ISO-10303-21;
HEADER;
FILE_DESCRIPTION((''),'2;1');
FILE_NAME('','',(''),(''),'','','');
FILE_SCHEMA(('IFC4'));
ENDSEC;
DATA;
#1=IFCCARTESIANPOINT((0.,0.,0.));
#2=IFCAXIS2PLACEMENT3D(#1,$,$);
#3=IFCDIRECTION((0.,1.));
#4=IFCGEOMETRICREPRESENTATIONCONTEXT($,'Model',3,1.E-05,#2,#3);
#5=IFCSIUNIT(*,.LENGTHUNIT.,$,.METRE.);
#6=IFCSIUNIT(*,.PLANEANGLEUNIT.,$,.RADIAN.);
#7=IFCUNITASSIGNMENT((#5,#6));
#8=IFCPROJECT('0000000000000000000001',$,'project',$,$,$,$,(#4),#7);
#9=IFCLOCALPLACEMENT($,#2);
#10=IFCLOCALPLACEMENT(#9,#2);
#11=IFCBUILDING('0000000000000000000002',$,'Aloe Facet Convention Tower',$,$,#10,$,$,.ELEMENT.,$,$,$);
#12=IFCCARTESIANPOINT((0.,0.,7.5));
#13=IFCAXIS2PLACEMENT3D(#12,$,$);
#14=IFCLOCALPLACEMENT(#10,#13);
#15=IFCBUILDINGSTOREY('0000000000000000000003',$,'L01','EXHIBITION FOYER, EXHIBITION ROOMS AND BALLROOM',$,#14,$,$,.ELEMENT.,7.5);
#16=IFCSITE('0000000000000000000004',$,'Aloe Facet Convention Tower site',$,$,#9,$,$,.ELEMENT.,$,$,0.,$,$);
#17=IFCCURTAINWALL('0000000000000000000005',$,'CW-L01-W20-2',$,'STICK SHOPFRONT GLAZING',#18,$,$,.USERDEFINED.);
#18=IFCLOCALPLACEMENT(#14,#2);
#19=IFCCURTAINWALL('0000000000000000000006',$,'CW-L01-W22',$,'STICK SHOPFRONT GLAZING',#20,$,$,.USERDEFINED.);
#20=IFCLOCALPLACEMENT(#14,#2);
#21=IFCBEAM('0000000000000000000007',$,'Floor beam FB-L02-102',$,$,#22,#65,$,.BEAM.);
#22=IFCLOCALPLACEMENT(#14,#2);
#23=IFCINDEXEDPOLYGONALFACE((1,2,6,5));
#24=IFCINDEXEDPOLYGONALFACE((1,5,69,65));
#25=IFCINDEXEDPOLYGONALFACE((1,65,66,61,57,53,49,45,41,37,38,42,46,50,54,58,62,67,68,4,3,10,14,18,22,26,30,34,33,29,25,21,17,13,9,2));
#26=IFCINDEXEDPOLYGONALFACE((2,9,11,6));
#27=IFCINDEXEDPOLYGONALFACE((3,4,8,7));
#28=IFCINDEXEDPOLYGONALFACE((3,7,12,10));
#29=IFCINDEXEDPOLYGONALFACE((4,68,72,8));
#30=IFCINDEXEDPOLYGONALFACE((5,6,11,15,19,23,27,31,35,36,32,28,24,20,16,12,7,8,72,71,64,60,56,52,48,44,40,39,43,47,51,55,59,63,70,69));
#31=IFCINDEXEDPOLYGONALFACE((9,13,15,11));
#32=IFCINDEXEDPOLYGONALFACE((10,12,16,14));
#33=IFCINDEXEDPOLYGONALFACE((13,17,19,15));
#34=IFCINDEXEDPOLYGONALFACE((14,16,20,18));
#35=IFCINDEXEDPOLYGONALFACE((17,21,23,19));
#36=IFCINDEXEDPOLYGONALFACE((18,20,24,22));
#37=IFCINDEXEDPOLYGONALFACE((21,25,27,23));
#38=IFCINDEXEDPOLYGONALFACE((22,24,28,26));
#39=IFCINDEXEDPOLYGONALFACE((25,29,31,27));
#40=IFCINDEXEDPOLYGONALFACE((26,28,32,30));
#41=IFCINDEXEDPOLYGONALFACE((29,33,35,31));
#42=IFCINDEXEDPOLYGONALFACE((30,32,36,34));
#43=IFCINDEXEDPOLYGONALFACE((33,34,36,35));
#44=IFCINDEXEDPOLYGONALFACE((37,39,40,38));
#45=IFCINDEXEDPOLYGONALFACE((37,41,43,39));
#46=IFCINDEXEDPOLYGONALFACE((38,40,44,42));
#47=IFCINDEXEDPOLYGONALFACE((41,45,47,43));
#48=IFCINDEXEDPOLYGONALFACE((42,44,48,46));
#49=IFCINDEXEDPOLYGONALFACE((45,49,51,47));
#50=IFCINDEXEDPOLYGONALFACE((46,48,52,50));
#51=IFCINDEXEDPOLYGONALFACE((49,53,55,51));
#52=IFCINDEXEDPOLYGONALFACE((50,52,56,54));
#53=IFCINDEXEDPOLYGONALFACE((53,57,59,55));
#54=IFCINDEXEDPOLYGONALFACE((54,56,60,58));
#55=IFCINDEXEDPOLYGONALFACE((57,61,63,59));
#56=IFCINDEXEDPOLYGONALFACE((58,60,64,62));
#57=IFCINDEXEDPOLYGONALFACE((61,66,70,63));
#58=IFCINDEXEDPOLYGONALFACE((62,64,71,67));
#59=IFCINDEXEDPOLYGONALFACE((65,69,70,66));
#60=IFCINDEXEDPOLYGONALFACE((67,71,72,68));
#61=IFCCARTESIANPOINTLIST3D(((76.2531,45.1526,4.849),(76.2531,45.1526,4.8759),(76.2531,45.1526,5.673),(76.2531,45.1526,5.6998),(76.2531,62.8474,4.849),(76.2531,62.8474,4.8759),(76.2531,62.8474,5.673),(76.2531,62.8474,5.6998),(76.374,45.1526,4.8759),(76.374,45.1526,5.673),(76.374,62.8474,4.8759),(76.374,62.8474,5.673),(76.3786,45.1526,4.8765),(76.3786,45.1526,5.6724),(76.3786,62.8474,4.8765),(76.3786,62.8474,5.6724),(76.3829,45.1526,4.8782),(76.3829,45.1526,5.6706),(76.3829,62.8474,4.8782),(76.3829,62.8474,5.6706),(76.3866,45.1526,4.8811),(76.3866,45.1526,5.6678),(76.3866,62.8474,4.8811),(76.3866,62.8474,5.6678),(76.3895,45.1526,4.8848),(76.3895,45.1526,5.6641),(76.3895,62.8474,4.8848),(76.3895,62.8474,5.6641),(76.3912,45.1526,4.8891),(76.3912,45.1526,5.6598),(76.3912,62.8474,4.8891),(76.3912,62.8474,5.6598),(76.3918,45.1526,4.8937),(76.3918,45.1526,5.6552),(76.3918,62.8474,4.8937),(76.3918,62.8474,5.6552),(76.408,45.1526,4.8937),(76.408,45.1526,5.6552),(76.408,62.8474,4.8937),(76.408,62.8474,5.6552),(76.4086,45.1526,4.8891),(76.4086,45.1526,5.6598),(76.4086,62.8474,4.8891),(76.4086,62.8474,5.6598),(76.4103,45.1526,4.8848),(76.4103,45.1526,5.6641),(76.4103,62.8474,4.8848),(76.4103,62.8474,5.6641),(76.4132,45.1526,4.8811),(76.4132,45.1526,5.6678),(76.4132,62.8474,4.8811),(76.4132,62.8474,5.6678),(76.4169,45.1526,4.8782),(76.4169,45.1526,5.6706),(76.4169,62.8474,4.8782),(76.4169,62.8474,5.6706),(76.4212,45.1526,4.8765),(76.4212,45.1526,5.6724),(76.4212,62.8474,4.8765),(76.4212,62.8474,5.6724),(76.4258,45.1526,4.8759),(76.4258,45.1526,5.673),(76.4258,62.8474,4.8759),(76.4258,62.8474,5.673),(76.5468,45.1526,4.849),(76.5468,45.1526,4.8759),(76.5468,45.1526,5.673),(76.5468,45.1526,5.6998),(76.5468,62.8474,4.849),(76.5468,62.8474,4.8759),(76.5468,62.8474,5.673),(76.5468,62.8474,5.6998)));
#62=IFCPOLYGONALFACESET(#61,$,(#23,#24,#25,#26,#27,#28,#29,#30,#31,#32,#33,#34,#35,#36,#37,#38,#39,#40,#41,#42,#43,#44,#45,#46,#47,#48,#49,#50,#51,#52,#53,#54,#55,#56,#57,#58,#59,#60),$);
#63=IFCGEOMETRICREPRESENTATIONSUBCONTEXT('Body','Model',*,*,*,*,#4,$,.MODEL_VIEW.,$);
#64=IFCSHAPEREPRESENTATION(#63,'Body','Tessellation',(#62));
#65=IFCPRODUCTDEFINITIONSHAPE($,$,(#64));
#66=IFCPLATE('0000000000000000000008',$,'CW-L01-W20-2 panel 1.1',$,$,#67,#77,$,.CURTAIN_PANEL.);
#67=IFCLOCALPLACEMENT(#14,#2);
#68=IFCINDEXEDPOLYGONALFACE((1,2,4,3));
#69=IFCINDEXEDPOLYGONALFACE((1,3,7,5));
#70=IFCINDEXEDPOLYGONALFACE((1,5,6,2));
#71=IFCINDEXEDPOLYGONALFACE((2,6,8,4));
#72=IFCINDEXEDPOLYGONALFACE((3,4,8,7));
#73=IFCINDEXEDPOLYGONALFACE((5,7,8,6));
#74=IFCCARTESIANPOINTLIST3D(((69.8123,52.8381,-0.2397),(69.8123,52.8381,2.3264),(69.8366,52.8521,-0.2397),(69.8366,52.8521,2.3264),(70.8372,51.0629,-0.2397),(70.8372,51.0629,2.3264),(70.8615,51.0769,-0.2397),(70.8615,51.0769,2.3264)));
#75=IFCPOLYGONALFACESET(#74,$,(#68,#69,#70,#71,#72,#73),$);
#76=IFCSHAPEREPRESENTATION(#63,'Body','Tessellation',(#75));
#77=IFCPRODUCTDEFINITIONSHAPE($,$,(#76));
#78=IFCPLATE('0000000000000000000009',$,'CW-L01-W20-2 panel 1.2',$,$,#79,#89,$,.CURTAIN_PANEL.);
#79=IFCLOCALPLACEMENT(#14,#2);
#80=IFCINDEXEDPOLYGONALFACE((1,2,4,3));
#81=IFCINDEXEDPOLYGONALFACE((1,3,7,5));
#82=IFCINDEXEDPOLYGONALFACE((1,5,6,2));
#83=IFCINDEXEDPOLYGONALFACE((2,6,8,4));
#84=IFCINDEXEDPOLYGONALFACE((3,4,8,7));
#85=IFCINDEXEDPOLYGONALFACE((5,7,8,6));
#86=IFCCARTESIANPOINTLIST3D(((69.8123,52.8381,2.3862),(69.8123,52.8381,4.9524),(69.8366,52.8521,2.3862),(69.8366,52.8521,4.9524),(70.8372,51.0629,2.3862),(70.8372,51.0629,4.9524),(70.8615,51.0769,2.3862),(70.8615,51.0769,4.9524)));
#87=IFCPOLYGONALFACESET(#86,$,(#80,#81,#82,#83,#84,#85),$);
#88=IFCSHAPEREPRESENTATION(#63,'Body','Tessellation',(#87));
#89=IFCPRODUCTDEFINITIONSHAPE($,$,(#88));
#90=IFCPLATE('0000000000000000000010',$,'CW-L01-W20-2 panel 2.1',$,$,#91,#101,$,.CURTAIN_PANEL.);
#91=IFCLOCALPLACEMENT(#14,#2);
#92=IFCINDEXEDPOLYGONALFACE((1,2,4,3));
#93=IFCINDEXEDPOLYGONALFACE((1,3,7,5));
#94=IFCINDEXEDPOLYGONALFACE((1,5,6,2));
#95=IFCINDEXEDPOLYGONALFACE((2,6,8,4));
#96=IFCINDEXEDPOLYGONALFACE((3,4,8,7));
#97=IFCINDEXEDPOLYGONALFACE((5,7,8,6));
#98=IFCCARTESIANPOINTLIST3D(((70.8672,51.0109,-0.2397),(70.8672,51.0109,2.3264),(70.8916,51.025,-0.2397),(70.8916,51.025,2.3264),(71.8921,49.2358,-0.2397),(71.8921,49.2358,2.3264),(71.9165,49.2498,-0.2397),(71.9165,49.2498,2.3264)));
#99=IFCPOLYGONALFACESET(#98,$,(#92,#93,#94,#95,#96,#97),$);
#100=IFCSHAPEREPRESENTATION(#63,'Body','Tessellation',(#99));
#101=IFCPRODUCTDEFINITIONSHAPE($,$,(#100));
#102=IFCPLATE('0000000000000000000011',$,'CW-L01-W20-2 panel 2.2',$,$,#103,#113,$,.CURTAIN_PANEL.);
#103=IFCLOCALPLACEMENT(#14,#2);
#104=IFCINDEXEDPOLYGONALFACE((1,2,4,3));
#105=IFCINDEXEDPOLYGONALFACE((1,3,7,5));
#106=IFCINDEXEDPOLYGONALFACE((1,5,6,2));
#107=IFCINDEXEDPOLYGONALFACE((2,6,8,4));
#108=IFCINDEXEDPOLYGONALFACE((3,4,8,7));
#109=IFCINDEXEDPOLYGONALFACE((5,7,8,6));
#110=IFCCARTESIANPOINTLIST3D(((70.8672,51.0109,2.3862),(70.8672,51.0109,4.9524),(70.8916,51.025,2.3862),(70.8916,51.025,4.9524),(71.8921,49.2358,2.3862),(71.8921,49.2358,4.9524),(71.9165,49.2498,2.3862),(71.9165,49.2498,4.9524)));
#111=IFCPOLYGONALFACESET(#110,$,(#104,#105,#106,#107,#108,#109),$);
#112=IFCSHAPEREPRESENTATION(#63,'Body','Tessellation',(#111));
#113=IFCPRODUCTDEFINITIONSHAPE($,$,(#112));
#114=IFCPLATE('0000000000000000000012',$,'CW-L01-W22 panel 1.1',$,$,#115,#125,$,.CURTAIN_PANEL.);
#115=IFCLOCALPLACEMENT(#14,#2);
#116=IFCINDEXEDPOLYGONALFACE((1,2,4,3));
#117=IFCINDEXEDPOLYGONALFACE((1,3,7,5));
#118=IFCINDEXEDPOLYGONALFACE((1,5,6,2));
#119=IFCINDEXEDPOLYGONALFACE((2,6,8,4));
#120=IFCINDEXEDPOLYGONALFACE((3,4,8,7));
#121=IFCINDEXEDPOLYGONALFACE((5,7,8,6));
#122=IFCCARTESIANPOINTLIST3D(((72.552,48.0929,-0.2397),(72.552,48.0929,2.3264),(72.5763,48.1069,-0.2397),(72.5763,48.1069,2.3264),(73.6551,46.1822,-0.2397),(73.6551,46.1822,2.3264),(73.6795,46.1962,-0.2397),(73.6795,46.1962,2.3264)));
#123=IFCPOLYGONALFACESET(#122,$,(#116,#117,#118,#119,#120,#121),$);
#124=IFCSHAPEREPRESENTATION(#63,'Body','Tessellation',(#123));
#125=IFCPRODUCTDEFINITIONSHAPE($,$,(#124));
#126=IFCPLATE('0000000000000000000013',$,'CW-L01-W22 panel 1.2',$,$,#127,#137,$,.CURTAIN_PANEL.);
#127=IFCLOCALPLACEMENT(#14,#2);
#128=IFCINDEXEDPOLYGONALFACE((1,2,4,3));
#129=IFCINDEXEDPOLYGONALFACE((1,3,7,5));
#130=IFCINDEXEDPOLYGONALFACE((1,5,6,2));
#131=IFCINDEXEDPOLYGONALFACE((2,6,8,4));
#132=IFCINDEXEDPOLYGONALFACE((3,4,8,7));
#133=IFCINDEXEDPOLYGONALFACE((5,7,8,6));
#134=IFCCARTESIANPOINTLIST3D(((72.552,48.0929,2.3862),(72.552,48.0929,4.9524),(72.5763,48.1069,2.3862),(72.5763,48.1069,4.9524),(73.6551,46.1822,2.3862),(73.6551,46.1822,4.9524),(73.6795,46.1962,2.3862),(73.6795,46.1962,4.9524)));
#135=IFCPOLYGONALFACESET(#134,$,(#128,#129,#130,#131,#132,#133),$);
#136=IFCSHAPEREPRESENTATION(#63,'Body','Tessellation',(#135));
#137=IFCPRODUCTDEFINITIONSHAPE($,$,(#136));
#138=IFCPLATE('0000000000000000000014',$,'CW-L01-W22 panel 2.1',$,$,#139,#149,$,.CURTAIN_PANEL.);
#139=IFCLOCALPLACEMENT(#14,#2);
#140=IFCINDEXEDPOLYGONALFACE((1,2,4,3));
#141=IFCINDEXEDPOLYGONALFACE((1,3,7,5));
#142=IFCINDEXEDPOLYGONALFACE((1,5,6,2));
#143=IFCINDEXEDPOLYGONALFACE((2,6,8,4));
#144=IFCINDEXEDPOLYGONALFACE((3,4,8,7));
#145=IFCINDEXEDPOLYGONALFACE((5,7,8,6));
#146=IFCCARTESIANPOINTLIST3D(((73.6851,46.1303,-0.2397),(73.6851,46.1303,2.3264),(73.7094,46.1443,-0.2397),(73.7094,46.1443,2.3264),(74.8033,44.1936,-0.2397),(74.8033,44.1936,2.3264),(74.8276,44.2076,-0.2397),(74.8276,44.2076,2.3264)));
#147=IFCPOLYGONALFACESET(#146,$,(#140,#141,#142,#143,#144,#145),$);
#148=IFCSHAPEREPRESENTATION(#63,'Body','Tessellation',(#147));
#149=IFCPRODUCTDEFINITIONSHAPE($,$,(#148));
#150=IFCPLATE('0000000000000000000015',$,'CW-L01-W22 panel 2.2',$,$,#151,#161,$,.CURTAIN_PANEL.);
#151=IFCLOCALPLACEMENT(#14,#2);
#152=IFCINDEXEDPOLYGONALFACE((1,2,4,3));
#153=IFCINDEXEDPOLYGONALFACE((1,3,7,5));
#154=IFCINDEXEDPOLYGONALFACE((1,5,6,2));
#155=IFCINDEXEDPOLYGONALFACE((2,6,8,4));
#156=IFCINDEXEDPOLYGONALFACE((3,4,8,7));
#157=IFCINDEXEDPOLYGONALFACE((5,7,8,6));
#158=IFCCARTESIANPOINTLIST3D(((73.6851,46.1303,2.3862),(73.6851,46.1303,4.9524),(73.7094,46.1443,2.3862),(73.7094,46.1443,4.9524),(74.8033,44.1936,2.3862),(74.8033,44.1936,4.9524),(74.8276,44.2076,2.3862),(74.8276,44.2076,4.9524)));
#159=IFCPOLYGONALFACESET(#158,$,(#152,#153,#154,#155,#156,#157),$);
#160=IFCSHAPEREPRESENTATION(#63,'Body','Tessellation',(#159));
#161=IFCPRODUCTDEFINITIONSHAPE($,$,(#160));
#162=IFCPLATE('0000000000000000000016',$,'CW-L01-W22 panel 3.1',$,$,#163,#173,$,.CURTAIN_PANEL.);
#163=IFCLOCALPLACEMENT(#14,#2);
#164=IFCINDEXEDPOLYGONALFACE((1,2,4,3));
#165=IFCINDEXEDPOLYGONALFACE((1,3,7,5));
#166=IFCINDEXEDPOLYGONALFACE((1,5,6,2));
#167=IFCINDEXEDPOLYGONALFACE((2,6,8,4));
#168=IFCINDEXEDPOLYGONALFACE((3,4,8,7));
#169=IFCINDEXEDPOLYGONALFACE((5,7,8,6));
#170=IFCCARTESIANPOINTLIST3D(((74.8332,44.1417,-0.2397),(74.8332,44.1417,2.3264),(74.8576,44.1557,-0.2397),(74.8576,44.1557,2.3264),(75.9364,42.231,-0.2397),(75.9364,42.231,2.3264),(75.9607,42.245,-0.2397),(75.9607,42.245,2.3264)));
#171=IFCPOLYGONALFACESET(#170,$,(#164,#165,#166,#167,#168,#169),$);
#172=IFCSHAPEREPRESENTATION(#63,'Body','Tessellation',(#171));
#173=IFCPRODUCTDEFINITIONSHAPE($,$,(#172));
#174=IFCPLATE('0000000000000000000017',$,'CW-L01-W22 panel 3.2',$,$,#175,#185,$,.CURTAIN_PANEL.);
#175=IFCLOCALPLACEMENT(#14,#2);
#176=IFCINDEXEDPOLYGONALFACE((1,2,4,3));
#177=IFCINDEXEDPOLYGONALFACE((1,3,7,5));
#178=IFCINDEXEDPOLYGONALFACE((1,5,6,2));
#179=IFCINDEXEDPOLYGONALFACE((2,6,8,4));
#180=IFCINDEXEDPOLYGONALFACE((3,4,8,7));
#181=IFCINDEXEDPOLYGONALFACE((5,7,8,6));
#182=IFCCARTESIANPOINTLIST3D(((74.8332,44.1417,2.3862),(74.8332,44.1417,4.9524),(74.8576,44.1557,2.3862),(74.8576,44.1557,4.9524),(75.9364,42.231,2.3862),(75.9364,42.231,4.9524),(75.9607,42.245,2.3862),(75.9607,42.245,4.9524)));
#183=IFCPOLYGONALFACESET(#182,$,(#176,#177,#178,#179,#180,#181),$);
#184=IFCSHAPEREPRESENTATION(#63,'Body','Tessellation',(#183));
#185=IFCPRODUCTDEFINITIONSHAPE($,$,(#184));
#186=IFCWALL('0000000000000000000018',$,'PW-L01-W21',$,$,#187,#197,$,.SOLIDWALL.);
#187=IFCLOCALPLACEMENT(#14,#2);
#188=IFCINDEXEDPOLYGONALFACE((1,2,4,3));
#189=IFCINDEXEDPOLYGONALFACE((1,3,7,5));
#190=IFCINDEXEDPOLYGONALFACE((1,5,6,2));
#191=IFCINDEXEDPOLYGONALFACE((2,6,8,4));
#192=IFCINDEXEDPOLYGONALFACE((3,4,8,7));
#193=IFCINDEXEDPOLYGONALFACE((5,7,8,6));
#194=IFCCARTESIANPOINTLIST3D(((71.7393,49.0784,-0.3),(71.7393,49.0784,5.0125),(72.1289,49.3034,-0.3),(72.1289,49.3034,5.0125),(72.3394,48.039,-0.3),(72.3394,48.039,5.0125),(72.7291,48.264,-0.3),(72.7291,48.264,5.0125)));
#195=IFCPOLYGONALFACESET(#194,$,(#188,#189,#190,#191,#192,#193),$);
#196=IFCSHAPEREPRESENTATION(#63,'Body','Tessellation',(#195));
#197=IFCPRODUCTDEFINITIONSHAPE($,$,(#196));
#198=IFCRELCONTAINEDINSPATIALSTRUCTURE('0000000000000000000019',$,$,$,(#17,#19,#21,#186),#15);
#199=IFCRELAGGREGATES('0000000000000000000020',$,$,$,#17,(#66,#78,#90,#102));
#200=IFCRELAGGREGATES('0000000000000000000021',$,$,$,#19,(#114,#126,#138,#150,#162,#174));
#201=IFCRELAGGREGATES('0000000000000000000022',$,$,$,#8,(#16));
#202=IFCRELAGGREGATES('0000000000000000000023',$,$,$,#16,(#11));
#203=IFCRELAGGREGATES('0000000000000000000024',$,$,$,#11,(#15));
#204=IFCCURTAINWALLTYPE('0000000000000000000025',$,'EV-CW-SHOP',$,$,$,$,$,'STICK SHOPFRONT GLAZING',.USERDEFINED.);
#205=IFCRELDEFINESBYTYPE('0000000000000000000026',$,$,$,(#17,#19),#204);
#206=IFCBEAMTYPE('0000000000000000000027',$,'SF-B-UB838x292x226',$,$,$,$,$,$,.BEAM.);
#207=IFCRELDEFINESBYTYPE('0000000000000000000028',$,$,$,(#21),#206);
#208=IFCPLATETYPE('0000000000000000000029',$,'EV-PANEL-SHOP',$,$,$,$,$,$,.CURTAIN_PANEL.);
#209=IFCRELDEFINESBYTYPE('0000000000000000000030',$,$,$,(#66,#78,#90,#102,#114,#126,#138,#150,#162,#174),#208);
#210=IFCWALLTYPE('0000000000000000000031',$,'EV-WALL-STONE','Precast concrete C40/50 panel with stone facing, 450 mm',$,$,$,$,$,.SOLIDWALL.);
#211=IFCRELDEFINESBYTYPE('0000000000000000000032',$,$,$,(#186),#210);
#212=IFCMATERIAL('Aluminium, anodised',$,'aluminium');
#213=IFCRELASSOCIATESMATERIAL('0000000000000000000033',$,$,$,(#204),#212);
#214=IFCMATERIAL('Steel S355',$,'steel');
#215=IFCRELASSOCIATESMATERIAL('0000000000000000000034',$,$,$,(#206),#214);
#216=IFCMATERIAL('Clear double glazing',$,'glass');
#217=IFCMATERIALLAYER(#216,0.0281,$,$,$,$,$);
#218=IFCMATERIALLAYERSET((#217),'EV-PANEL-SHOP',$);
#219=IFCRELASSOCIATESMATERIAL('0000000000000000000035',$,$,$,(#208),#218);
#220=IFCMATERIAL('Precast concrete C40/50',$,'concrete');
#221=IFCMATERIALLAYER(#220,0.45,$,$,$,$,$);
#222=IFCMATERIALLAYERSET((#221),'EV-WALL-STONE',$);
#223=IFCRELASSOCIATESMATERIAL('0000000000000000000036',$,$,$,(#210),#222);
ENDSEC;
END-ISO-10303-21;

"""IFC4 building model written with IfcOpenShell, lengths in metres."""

from ifc_helpers import new_model, si_unit, direction, frame, frame_2d, origin, origin_2d, place, context, subcontext, project, spatial, rectangle, i_section, extrude, material, layer, layer_set, material_profile, profile_set, type_object, element, aggregate, save


model = new_model("IFC4")

# Units and contexts
model_context = context("Model", 3, precision=1e-05, world=origin(), true_north=direction((0.0, 1.0)))
body_context = subcontext(model_context, "Body", "Model", "MODEL_VIEW")
ifc_project = project(units=[si_unit("LENGTHUNIT", "METRE"), si_unit("PLANEANGLEUNIT", "RADIAN")], contexts=[model_context])

# Site, building, storey
site_placement = place(None, origin())
site = spatial("IfcSite", under=ifc_project, at=site_placement, Name="Aloe Facet Convention Tower site", CompositionType="ELEMENT", RefElevation=0.0)
building_placement = place(site_placement, origin())
building = spatial("IfcBuilding", under=site, at=building_placement, Name="Aloe Facet Convention Tower", CompositionType="ELEMENT")
storey_placement = place(building_placement, frame((0.0, 0.0, 7.5)))
storey = spatial("IfcBuildingStorey", under=building, at=storey_placement, Name="L01", Description="EXHIBITION FOYER, EXHIBITION ROOMS AND BALLROOM", CompositionType="ELEMENT", Elevation=7.5)

# Curtain walls
ifc_material_1 = material(Name="Aluminium, anodised", Category="aluminium")
curtain_wall_type = type_object("IfcCurtainWallType", Name="EV-CW-SHOP", ElementType="STICK SHOPFRONT GLAZING", PredefinedType="USERDEFINED", material=ifc_material_1)
curtain_wall_1_placement = place(storey_placement, origin())
curtain_wall_1 = element("IfcCurtainWall", 1, at=curtain_wall_1_placement, inside=storey, type_object=curtain_wall_type, Name="CW-L01-W20-2", ObjectType="STICK SHOPFRONT GLAZING", PredefinedType="USERDEFINED")
curtain_wall_2_placement = place(storey_placement, origin())
curtain_wall_2 = element("IfcCurtainWall", 2, at=curtain_wall_2_placement, inside=storey, type_object=curtain_wall_type, Name="CW-L01-W22", ObjectType="STICK SHOPFRONT GLAZING", PredefinedType="USERDEFINED")

# Beam
ifc_material_2 = material(Name="Steel S355", Category="steel")
ifc_material_profile_1 = material_profile(ifc_material_2, i_section(OverallWidth=0.2937, OverallDepth=0.8508, WebThickness=0.0161, FlangeThickness=0.0269, FilletRadius=0.0178, at=origin_2d()), Name="UB 838x292x226")
ifc_profile_set_1 = profile_set([ifc_material_profile_1], Name="Steel S355")
beam_type_1 = type_object("IfcBeamType", Name="SF-B-UB838x292x226", PredefinedType="BEAM", material=ifc_profile_set_1)
beam_1_placement = place(storey_placement, frame((76.3999, 45.1526, 5.2744), z_axis=(0.0, 1.0, 0.0), x_axis=(-1.0, 0.0, 0.0)))
element("IfcBeam", 3, at=beam_1_placement, inside=storey, type_object=beam_type_1, Name="Floor beam FB-L02-102", PredefinedType="BEAM", context=body_context, shape_type="SweptSolid", body=[
    extrude(i_section(OverallWidth=0.2937, OverallDepth=0.8508, WebThickness=0.0161, FlangeThickness=0.0269, FilletRadius=0.0178, at=origin_2d()), origin(), (0.0, 0.0, 1.0), 17.6948),
])

# Plates
ifc_material_3 = material(Name="Clear double glazing", Category="glass")
ifc_layer_1 = layer(ifc_material_3, 0.0281)
ifc_layer_set_1 = layer_set([ifc_layer_1], Name="EV-PANEL-SHOP")
plate_type = type_object("IfcPlateType", Name="EV-PANEL-SHOP", PredefinedType="CURTAIN_PANEL", material=ifc_layer_set_1)
plate_1_placement = place(storey_placement, frame((70.3369, 51.9575, -0.2397), z_axis=(0.0, 0.0, 1.0), x_axis=(0.5, -0.866025, 0.0)))
plate_1 = element("IfcPlate", 4, at=plate_1_placement, type_object=plate_type, Name="CW-L01-W20-2 panel 1.1", PredefinedType="CURTAIN_PANEL", context=body_context, shape_type="SweptSolid", body=[
    extrude(rectangle(XDim=2.0498, YDim=0.0281, at=origin_2d()), origin(), (0.0, 0.0, 1.0), 2.5662),
])
plate_2_placement = place(storey_placement, frame((70.3369, 51.9575, 2.3862), z_axis=(0.0, 0.0, 1.0), x_axis=(0.5, -0.866025, 0.0)))
plate_2 = element("IfcPlate", 5, at=plate_2_placement, type_object=plate_type, Name="CW-L01-W20-2 panel 1.2", PredefinedType="CURTAIN_PANEL", context=body_context, shape_type="SweptSolid", body=[
    extrude(rectangle(XDim=2.0498, YDim=0.0281, at=origin_2d()), origin(), (0.0, 0.0, 1.0), 2.5662),
])
plate_3_placement = place(storey_placement, frame((71.3918, 50.1304, -0.2397), z_axis=(0.0, 0.0, 1.0), x_axis=(0.5, -0.866025, 0.0)))
plate_3 = element("IfcPlate", 6, at=plate_3_placement, type_object=plate_type, Name="CW-L01-W20-2 panel 2.1", PredefinedType="CURTAIN_PANEL", context=body_context, shape_type="SweptSolid", body=[
    extrude(rectangle(XDim=2.0498, YDim=0.0281, at=origin_2d()), origin(), (0.0, 0.0, 1.0), 2.5662),
])
plate_4_placement = place(storey_placement, frame((71.3918, 50.1304, 2.3862), z_axis=(0.0, 0.0, 1.0), x_axis=(0.5, -0.866025, 0.0)))
plate_4 = element("IfcPlate", 7, at=plate_4_placement, type_object=plate_type, Name="CW-L01-W20-2 panel 2.2", PredefinedType="CURTAIN_PANEL", context=body_context, shape_type="SweptSolid", body=[
    extrude(rectangle(XDim=2.0498, YDim=0.0281, at=origin_2d()), origin(), (0.0, 0.0, 1.0), 2.5662),
])
aggregate(curtain_wall_1, [plate_1, plate_2, plate_3, plate_4])
plate_5_placement = place(storey_placement, frame((73.1157, 47.1445, -0.2397), z_axis=(0.0, 0.0, 1.0), x_axis=(0.5, -0.866025, 0.0)))
plate_5 = element("IfcPlate", 8, at=plate_5_placement, type_object=plate_type, Name="CW-L01-W22 panel 1.1", PredefinedType="CURTAIN_PANEL", context=body_context, shape_type="SweptSolid", body=[
    extrude(rectangle(XDim=2.2063, YDim=0.0281, at=origin_2d()), origin(), (0.0, 0.0, 1.0), 2.5662),
])
plate_6_placement = place(storey_placement, frame((73.1157, 47.1445, 2.3862), z_axis=(0.0, 0.0, 1.0), x_axis=(0.5, -0.866025, 0.0)))
plate_6 = element("IfcPlate", 9, at=plate_6_placement, type_object=plate_type, Name="CW-L01-W22 panel 1.2", PredefinedType="CURTAIN_PANEL", context=body_context, shape_type="SweptSolid", body=[
    extrude(rectangle(XDim=2.2063, YDim=0.0281, at=origin_2d()), origin(), (0.0, 0.0, 1.0), 2.5662),
])
plate_7_placement = place(storey_placement, frame((74.2563, 45.1689, -0.2397), z_axis=(0.0, 0.0, 1.0), x_axis=(0.5, -0.866025, 0.0)))
plate_7 = element("IfcPlate", 10, at=plate_7_placement, type_object=plate_type, Name="CW-L01-W22 panel 2.1", PredefinedType="CURTAIN_PANEL", context=body_context, shape_type="SweptSolid", body=[
    extrude(rectangle(XDim=2.2363, YDim=0.0281, at=origin_2d()), origin(), (0.0, 0.0, 1.0), 2.5662),
])
plate_8_placement = place(storey_placement, frame((74.2563, 45.1689, 2.3862), z_axis=(0.0, 0.0, 1.0), x_axis=(0.5, -0.866025, 0.0)))
plate_8 = element("IfcPlate", 11, at=plate_8_placement, type_object=plate_type, Name="CW-L01-W22 panel 2.2", PredefinedType="CURTAIN_PANEL", context=body_context, shape_type="SweptSolid", body=[
    extrude(rectangle(XDim=2.2363, YDim=0.0281, at=origin_2d()), origin(), (0.0, 0.0, 1.0), 2.5662),
])
plate_9_placement = place(storey_placement, frame((75.397, 43.1934, -0.2397), z_axis=(0.0, 0.0, 1.0), x_axis=(0.5, -0.866025, 0.0)))
plate_9 = element("IfcPlate", 12, at=plate_9_placement, type_object=plate_type, Name="CW-L01-W22 panel 3.1", PredefinedType="CURTAIN_PANEL", context=body_context, shape_type="SweptSolid", body=[
    extrude(rectangle(XDim=2.2063, YDim=0.0281, at=origin_2d()), origin(), (0.0, 0.0, 1.0), 2.5662),
])
plate_10_placement = place(storey_placement, frame((75.397, 43.1934, 2.3862), z_axis=(0.0, 0.0, 1.0), x_axis=(0.5, -0.866025, 0.0)))
plate_10 = element("IfcPlate", 13, at=plate_10_placement, type_object=plate_type, Name="CW-L01-W22 panel 3.2", PredefinedType="CURTAIN_PANEL", context=body_context, shape_type="SweptSolid", body=[
    extrude(rectangle(XDim=2.2063, YDim=0.0281, at=origin_2d()), origin(), (0.0, 0.0, 1.0), 2.5662),
])
aggregate(curtain_wall_2, [plate_5, plate_6, plate_7, plate_8, plate_9, plate_10])

# Wall
ifc_material_4 = material(Name="Precast concrete C40/50", Category="concrete")
ifc_layer_2 = layer(ifc_material_4, 0.45)
ifc_layer_set_2 = layer_set([ifc_layer_2], Name="EV-WALL-STONE")
wall_type = type_object("IfcWallType", Name="EV-WALL-STONE", Description="Precast concrete C40/50 panel with stone facing, 450 mm", PredefinedType="SOLIDWALL", material=ifc_layer_set_2)
wall_placement = place(storey_placement, frame((71.9341, 49.1909, -0.3), z_axis=(0.0, 0.0, 1.0), x_axis=(0.500034, -0.866006, 0.0)))
element("IfcWall", 14, at=wall_placement, inside=storey, type_object=wall_type, Name="PW-L01-W21", PredefinedType="SOLIDWALL", context=body_context, shape_type="SweptSolid", body=[
    extrude(rectangle(XDim=1.2002, YDim=0.45, at=frame_2d((0.6001, 0.0))), origin(), (0.0, 0.0, 1.0), 5.3125),
])

save(model, "model.ifc")
